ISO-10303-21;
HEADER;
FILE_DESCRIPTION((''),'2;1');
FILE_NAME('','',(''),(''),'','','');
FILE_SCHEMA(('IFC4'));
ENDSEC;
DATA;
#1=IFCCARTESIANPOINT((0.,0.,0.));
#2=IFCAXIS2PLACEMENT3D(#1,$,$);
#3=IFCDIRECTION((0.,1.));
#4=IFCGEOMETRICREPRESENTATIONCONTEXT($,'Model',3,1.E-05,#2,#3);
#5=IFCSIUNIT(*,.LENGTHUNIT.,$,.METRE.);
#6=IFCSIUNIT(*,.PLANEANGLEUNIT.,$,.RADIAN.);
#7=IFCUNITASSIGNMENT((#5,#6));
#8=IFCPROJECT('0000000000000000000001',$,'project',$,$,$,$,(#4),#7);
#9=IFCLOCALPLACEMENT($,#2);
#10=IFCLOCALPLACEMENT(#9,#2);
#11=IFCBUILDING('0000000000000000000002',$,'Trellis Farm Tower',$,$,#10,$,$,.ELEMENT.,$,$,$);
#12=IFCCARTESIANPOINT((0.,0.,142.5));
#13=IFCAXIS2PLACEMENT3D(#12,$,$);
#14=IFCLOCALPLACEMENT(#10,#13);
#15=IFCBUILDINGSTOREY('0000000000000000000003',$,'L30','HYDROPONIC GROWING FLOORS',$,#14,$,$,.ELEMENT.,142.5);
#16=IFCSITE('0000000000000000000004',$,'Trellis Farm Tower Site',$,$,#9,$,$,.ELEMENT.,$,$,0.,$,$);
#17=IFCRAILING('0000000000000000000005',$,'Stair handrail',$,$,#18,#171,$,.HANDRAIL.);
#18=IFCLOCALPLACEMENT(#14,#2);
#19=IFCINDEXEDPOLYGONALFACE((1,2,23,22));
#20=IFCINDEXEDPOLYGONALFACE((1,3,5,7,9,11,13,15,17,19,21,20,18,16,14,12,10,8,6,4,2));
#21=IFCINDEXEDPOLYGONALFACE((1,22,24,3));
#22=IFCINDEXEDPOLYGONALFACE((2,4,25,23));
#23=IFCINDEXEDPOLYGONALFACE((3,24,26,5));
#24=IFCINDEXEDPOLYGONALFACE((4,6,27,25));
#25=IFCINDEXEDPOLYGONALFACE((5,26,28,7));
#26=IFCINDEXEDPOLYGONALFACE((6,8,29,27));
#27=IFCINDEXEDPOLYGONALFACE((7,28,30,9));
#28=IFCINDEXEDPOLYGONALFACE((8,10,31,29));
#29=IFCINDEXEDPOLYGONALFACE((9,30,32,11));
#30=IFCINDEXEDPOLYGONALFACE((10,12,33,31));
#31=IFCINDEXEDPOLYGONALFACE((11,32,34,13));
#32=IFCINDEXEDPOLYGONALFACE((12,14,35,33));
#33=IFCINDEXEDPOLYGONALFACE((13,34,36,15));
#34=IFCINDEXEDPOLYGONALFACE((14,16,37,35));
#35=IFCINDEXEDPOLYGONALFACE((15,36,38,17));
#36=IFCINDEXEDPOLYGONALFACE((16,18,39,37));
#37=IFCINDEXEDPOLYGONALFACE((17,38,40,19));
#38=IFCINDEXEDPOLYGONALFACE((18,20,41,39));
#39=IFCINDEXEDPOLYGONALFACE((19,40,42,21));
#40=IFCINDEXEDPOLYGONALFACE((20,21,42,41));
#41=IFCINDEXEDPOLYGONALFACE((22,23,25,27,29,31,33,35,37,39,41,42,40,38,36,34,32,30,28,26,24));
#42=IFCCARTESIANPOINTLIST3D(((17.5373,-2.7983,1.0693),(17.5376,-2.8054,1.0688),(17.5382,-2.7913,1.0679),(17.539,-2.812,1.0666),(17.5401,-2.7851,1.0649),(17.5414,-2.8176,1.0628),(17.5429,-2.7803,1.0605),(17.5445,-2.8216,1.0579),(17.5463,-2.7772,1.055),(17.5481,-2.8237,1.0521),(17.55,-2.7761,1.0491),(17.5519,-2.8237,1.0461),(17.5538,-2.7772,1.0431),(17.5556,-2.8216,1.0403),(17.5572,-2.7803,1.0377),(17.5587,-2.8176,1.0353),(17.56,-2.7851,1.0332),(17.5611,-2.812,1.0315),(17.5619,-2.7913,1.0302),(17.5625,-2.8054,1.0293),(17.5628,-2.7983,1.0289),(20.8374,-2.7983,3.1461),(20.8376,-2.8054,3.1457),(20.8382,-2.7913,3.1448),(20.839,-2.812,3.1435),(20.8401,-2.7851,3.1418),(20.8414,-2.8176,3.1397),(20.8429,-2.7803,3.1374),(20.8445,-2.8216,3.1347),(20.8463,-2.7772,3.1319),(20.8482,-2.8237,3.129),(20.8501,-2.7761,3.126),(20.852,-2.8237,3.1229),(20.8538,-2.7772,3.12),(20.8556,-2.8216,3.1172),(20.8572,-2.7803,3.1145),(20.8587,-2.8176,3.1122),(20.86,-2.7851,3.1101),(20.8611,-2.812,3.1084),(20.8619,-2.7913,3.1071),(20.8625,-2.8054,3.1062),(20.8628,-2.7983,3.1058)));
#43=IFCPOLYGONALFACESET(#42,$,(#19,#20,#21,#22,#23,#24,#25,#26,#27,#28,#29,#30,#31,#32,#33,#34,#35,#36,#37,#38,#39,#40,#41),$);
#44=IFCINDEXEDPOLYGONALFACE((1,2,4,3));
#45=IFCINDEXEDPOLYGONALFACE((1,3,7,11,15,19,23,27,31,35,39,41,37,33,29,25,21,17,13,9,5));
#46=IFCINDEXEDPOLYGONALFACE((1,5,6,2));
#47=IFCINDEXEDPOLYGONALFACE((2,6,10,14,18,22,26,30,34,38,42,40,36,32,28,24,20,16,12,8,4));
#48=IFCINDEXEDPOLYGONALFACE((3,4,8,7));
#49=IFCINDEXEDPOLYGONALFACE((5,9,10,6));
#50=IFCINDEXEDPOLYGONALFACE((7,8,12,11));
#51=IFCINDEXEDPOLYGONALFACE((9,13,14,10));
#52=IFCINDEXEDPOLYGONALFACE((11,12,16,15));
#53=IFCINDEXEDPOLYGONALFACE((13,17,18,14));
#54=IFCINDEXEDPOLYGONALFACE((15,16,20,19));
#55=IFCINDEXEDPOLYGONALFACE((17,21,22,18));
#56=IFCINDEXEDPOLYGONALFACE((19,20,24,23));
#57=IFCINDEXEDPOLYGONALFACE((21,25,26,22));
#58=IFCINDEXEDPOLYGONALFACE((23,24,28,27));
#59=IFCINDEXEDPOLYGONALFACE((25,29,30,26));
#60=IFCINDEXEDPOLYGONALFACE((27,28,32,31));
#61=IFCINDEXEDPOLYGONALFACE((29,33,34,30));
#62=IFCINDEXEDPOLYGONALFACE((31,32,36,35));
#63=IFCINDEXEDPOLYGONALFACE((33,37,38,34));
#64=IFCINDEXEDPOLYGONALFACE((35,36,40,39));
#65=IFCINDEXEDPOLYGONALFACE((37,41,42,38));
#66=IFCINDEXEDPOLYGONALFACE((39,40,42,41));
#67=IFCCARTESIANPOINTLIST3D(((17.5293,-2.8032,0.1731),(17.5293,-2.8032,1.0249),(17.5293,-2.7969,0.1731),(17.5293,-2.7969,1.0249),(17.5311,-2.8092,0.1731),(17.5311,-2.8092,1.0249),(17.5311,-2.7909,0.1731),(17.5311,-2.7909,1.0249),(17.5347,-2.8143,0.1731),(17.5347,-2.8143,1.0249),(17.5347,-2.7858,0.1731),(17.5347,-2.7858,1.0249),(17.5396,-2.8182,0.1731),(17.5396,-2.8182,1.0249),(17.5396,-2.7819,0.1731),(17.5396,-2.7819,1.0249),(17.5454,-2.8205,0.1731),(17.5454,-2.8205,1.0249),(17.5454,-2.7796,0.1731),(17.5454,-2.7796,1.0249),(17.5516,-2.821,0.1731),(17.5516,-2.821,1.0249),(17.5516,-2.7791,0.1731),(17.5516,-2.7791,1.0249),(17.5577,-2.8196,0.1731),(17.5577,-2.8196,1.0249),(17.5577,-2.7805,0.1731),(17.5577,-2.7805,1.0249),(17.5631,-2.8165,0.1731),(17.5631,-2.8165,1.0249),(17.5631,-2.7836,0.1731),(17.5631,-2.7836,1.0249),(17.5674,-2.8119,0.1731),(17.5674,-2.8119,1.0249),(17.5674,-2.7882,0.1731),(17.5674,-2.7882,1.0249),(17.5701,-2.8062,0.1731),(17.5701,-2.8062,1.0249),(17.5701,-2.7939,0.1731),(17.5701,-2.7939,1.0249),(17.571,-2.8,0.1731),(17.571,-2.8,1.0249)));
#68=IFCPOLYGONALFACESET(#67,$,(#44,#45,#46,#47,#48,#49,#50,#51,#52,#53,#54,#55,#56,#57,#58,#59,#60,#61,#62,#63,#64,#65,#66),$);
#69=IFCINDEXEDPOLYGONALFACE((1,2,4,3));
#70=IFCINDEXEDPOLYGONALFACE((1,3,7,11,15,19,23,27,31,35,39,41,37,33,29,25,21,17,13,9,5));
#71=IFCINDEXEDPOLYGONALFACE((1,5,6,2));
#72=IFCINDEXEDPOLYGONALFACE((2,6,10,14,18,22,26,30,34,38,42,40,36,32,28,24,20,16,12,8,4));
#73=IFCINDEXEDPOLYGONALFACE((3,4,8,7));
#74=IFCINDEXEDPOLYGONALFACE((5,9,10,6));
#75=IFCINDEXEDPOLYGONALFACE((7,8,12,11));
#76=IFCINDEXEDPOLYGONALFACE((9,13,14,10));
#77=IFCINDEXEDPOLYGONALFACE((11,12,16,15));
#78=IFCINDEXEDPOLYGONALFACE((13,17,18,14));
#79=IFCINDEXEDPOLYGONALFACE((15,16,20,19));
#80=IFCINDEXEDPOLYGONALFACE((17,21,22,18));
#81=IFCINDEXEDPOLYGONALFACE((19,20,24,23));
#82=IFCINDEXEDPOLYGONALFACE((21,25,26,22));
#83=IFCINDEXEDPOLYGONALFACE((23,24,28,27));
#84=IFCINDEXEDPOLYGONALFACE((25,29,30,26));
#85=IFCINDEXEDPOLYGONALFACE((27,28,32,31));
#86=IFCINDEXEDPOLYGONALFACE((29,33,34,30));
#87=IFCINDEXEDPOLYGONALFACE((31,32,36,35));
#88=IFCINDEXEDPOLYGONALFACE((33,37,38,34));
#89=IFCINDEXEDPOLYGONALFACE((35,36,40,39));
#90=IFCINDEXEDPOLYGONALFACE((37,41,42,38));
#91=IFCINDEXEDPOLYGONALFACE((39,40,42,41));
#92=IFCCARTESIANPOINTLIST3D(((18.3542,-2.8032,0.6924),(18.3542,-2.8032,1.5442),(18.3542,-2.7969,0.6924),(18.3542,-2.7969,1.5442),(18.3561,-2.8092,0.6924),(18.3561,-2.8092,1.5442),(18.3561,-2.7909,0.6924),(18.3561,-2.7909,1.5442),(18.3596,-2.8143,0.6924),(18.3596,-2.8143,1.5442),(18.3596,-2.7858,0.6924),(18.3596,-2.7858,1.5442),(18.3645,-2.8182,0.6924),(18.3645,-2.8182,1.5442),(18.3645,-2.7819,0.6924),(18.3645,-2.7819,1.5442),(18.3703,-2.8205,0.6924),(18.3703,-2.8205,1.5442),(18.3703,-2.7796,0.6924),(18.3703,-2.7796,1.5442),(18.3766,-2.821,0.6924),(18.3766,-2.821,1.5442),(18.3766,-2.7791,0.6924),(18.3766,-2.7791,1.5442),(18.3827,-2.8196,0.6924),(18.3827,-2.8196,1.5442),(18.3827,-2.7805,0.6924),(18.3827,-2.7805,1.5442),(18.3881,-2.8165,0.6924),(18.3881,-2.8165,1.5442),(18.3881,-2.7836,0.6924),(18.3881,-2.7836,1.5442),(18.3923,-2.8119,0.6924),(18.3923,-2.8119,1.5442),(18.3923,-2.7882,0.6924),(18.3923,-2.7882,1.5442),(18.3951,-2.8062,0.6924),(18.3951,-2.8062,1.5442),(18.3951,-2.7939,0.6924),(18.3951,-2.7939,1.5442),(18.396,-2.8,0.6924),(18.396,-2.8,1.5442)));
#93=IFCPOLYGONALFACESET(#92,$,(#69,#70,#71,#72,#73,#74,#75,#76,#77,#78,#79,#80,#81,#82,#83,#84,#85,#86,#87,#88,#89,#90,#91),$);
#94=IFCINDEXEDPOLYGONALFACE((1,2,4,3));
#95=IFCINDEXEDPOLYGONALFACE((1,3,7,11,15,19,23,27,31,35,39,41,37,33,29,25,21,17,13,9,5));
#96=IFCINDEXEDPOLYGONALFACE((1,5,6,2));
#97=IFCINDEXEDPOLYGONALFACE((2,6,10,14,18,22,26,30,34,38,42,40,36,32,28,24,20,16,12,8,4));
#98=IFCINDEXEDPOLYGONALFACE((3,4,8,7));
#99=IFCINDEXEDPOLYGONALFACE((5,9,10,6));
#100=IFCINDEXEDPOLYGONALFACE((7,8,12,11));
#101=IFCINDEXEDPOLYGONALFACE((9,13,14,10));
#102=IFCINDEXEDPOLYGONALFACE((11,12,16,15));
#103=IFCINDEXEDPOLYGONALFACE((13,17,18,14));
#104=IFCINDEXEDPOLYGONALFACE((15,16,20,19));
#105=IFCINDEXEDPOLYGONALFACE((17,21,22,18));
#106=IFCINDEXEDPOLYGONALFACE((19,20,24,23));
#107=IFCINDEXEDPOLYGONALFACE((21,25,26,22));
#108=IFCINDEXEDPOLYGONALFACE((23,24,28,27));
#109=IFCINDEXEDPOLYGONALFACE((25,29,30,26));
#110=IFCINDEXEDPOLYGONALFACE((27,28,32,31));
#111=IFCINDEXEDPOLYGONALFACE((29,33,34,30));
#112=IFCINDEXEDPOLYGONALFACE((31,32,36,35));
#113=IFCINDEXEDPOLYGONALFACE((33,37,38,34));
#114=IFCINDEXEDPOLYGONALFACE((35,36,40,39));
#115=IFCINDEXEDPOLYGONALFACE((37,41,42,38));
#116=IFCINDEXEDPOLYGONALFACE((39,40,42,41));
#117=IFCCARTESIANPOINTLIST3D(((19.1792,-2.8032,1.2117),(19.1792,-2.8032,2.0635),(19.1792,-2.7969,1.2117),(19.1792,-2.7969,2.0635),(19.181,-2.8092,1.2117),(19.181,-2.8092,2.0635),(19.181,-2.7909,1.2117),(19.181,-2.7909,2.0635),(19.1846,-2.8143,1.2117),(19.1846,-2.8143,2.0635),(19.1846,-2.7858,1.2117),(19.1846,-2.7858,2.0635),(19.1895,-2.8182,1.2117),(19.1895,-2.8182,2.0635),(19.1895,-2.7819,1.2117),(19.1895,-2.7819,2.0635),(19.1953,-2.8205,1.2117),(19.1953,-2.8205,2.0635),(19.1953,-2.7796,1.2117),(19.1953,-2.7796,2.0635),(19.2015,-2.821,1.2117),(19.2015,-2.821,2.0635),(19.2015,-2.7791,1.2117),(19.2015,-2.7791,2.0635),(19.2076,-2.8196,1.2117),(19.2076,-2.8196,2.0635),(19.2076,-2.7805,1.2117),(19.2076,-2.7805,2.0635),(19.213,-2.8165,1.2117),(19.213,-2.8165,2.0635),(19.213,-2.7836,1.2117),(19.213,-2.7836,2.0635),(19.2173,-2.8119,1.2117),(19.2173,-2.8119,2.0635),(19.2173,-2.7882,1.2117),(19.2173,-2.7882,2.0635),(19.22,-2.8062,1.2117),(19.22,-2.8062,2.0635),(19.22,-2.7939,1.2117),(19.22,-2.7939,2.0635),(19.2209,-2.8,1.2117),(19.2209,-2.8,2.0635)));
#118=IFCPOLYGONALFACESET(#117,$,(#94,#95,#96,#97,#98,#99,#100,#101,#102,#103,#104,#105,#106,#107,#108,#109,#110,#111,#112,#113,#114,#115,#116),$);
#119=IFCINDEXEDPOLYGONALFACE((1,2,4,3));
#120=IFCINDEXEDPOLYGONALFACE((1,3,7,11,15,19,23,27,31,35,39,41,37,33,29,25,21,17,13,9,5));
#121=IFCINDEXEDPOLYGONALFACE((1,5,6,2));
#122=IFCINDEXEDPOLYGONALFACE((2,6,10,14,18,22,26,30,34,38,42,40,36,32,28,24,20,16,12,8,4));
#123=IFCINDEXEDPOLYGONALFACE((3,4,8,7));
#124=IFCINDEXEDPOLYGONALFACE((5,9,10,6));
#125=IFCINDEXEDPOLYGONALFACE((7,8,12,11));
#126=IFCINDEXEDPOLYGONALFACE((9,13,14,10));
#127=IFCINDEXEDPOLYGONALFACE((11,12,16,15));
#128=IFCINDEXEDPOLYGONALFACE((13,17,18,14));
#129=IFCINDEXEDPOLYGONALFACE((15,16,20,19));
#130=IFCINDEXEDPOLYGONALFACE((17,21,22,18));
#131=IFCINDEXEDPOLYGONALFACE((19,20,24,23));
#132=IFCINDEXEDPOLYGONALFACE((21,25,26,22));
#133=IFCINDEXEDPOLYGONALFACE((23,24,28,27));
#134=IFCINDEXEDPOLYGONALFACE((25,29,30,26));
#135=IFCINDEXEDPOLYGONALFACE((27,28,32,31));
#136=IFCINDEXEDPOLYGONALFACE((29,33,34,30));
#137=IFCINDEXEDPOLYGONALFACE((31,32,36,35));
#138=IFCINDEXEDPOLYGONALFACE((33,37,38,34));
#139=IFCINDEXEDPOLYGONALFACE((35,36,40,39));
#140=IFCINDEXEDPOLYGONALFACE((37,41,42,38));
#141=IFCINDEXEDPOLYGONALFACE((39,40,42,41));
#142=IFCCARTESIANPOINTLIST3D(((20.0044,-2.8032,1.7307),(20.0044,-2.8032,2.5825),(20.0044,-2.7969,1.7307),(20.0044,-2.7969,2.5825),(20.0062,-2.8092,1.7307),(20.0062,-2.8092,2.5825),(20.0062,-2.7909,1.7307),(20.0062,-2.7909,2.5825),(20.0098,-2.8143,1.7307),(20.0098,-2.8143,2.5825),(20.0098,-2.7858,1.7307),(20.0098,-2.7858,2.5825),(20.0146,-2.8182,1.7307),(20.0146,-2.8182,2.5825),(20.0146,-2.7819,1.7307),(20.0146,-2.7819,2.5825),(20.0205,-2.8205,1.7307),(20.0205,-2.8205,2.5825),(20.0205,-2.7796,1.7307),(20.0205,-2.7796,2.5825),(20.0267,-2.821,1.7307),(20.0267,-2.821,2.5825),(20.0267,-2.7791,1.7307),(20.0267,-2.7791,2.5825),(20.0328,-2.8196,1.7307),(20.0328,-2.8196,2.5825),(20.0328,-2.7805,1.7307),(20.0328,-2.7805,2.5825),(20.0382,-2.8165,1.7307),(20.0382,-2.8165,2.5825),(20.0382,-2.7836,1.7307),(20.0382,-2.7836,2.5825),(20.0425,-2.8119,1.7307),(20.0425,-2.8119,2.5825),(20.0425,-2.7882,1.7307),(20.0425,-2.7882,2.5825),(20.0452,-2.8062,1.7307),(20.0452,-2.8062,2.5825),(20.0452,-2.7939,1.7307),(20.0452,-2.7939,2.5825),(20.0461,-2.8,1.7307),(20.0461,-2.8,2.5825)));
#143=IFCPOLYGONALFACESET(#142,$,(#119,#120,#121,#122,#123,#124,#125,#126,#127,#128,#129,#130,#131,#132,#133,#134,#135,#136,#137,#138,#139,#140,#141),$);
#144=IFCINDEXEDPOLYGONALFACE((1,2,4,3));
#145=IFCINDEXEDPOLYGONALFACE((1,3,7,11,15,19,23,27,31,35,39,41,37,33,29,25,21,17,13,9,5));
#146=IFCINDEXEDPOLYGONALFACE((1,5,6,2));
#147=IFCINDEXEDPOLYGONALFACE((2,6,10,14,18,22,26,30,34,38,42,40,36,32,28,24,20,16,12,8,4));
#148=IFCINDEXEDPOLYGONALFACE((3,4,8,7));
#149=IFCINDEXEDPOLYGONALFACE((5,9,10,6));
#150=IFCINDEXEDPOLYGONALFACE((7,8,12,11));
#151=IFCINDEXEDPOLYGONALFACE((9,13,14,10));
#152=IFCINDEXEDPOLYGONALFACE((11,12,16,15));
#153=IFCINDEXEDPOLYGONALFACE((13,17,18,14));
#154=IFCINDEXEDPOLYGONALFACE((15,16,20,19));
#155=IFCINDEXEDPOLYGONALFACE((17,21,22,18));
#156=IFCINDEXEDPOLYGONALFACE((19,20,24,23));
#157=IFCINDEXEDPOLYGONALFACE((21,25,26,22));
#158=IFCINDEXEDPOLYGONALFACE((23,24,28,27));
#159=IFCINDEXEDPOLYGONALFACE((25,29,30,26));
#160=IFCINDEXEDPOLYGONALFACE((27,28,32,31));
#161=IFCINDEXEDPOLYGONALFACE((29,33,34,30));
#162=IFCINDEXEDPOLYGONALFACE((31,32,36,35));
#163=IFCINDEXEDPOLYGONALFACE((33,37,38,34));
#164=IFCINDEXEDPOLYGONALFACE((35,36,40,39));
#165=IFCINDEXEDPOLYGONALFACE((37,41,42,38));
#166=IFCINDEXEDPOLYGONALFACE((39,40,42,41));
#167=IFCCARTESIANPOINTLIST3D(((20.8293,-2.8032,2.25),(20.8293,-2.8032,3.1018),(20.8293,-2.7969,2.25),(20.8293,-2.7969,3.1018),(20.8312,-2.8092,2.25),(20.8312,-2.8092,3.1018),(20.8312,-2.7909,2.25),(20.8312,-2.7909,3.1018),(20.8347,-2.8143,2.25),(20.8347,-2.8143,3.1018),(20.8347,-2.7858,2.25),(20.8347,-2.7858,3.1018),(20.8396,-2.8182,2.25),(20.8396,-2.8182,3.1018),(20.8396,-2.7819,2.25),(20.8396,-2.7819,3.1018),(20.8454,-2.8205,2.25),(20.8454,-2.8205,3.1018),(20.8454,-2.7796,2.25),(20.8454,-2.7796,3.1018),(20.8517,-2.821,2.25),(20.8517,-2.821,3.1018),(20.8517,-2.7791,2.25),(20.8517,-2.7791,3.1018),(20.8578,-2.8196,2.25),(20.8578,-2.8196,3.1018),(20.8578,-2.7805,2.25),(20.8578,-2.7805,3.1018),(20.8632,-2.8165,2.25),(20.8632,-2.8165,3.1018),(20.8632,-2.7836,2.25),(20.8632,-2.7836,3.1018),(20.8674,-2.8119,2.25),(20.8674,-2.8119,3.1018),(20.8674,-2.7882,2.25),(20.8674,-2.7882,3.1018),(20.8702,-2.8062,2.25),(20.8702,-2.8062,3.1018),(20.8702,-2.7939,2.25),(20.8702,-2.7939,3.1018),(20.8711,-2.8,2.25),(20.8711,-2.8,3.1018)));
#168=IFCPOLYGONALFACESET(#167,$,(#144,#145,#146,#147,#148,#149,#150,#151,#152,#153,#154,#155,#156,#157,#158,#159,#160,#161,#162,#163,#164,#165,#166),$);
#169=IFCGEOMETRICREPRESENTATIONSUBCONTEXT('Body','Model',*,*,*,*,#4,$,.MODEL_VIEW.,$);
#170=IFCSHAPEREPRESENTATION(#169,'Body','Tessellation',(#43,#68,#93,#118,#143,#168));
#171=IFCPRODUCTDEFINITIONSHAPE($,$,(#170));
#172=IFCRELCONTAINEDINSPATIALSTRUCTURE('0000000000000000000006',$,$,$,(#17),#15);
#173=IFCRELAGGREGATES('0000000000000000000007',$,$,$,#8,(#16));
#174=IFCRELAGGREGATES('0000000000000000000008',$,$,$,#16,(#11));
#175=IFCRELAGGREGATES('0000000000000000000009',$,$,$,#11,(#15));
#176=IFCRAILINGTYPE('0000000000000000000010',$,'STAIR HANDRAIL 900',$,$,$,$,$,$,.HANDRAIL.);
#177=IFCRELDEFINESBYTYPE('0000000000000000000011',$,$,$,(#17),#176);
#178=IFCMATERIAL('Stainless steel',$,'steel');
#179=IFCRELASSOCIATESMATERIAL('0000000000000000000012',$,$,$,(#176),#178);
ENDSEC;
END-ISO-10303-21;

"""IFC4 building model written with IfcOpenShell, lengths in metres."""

from ifc_helpers import new_model, si_unit, direction, frame, origin, origin_2d, place, context, subcontext, project, spatial, circle, extrude, source, transform, mapped, material, type_object, element, save


model = new_model("IFC4")

# Units and contexts
model_context = context("Model", 3, precision=1e-05, world=origin(), true_north=direction((0.0, 1.0)))
body_context = subcontext(model_context, "Body", "Model", "MODEL_VIEW")
ifc_project = project(units=[si_unit("LENGTHUNIT", "METRE"), si_unit("PLANEANGLEUNIT", "RADIAN")], contexts=[model_context])

# Site, building, storey
site_placement = place(None, origin())
site = spatial("IfcSite", under=ifc_project, at=site_placement, Name="Trellis Farm Tower Site", CompositionType="ELEMENT", RefElevation=0.0)
building_placement = place(site_placement, origin())
building = spatial("IfcBuilding", under=site, at=building_placement, Name="Trellis Farm Tower", CompositionType="ELEMENT")
storey_placement = place(building_placement, frame((0.0, 0.0, 142.5)))
storey = spatial("IfcBuildingStorey", under=building, at=storey_placement, Name="L30", Description="HYDROPONIC GROWING FLOORS", CompositionType="ELEMENT", Elevation=142.5)

# Railing
ifc_material_1 = material(Name="Stainless steel", Category="steel")
railing_type = type_object("IfcRailingType", Name="STAIR HANDRAIL 900", PredefinedType="HANDRAIL", material=ifc_material_1)
shared_shape_1 = source(origin(), body_context, "Body", "SweptSolid", [
    extrude(circle(Radius=0.0239, at=origin_2d()), frame((0.0, 0.0, 0.876), z_axis=(0.846337, 0.0, 0.532647), x_axis=(0.0, 1.0, 0.0)), (0.0, 0.0, 1.0), 3.8992),
    extrude(circle(Radius=0.021, at=origin_2d()), origin(), (0.0, 0.0, 1.0), 0.8518),
    extrude(circle(Radius=0.021, at=origin_2d()), frame((0.825, 0.0, 0.5193)), (0.0, 0.0, 1.0), 0.8518),
    extrude(circle(Radius=0.021, at=origin_2d()), frame((1.6499, 0.0, 1.0386)), (0.0, 0.0, 1.0), 0.8518),
    extrude(circle(Radius=0.021, at=origin_2d()), frame((2.4751, 0.0, 1.5576)), (0.0, 0.0, 1.0), 0.8518),
    extrude(circle(Radius=0.021, at=origin_2d()), frame((3.3, 0.0, 2.0769)), (0.0, 0.0, 1.0), 0.8518),
])
for number, where, name in (
    (1, (17.55, -2.8, 0.1731), "Stair handrail"),
):
    element("IfcRailing", number, at=place(storey_placement, frame(where)), inside=storey, type_object=railing_type, Name=name, PredefinedType="HANDRAIL", context=body_context, shape_type="MappedRepresentation", body=[
        mapped(shared_shape_1, transform((0.0, 0.0, 0.0))),
    ])

save(model, "model.ifc")
